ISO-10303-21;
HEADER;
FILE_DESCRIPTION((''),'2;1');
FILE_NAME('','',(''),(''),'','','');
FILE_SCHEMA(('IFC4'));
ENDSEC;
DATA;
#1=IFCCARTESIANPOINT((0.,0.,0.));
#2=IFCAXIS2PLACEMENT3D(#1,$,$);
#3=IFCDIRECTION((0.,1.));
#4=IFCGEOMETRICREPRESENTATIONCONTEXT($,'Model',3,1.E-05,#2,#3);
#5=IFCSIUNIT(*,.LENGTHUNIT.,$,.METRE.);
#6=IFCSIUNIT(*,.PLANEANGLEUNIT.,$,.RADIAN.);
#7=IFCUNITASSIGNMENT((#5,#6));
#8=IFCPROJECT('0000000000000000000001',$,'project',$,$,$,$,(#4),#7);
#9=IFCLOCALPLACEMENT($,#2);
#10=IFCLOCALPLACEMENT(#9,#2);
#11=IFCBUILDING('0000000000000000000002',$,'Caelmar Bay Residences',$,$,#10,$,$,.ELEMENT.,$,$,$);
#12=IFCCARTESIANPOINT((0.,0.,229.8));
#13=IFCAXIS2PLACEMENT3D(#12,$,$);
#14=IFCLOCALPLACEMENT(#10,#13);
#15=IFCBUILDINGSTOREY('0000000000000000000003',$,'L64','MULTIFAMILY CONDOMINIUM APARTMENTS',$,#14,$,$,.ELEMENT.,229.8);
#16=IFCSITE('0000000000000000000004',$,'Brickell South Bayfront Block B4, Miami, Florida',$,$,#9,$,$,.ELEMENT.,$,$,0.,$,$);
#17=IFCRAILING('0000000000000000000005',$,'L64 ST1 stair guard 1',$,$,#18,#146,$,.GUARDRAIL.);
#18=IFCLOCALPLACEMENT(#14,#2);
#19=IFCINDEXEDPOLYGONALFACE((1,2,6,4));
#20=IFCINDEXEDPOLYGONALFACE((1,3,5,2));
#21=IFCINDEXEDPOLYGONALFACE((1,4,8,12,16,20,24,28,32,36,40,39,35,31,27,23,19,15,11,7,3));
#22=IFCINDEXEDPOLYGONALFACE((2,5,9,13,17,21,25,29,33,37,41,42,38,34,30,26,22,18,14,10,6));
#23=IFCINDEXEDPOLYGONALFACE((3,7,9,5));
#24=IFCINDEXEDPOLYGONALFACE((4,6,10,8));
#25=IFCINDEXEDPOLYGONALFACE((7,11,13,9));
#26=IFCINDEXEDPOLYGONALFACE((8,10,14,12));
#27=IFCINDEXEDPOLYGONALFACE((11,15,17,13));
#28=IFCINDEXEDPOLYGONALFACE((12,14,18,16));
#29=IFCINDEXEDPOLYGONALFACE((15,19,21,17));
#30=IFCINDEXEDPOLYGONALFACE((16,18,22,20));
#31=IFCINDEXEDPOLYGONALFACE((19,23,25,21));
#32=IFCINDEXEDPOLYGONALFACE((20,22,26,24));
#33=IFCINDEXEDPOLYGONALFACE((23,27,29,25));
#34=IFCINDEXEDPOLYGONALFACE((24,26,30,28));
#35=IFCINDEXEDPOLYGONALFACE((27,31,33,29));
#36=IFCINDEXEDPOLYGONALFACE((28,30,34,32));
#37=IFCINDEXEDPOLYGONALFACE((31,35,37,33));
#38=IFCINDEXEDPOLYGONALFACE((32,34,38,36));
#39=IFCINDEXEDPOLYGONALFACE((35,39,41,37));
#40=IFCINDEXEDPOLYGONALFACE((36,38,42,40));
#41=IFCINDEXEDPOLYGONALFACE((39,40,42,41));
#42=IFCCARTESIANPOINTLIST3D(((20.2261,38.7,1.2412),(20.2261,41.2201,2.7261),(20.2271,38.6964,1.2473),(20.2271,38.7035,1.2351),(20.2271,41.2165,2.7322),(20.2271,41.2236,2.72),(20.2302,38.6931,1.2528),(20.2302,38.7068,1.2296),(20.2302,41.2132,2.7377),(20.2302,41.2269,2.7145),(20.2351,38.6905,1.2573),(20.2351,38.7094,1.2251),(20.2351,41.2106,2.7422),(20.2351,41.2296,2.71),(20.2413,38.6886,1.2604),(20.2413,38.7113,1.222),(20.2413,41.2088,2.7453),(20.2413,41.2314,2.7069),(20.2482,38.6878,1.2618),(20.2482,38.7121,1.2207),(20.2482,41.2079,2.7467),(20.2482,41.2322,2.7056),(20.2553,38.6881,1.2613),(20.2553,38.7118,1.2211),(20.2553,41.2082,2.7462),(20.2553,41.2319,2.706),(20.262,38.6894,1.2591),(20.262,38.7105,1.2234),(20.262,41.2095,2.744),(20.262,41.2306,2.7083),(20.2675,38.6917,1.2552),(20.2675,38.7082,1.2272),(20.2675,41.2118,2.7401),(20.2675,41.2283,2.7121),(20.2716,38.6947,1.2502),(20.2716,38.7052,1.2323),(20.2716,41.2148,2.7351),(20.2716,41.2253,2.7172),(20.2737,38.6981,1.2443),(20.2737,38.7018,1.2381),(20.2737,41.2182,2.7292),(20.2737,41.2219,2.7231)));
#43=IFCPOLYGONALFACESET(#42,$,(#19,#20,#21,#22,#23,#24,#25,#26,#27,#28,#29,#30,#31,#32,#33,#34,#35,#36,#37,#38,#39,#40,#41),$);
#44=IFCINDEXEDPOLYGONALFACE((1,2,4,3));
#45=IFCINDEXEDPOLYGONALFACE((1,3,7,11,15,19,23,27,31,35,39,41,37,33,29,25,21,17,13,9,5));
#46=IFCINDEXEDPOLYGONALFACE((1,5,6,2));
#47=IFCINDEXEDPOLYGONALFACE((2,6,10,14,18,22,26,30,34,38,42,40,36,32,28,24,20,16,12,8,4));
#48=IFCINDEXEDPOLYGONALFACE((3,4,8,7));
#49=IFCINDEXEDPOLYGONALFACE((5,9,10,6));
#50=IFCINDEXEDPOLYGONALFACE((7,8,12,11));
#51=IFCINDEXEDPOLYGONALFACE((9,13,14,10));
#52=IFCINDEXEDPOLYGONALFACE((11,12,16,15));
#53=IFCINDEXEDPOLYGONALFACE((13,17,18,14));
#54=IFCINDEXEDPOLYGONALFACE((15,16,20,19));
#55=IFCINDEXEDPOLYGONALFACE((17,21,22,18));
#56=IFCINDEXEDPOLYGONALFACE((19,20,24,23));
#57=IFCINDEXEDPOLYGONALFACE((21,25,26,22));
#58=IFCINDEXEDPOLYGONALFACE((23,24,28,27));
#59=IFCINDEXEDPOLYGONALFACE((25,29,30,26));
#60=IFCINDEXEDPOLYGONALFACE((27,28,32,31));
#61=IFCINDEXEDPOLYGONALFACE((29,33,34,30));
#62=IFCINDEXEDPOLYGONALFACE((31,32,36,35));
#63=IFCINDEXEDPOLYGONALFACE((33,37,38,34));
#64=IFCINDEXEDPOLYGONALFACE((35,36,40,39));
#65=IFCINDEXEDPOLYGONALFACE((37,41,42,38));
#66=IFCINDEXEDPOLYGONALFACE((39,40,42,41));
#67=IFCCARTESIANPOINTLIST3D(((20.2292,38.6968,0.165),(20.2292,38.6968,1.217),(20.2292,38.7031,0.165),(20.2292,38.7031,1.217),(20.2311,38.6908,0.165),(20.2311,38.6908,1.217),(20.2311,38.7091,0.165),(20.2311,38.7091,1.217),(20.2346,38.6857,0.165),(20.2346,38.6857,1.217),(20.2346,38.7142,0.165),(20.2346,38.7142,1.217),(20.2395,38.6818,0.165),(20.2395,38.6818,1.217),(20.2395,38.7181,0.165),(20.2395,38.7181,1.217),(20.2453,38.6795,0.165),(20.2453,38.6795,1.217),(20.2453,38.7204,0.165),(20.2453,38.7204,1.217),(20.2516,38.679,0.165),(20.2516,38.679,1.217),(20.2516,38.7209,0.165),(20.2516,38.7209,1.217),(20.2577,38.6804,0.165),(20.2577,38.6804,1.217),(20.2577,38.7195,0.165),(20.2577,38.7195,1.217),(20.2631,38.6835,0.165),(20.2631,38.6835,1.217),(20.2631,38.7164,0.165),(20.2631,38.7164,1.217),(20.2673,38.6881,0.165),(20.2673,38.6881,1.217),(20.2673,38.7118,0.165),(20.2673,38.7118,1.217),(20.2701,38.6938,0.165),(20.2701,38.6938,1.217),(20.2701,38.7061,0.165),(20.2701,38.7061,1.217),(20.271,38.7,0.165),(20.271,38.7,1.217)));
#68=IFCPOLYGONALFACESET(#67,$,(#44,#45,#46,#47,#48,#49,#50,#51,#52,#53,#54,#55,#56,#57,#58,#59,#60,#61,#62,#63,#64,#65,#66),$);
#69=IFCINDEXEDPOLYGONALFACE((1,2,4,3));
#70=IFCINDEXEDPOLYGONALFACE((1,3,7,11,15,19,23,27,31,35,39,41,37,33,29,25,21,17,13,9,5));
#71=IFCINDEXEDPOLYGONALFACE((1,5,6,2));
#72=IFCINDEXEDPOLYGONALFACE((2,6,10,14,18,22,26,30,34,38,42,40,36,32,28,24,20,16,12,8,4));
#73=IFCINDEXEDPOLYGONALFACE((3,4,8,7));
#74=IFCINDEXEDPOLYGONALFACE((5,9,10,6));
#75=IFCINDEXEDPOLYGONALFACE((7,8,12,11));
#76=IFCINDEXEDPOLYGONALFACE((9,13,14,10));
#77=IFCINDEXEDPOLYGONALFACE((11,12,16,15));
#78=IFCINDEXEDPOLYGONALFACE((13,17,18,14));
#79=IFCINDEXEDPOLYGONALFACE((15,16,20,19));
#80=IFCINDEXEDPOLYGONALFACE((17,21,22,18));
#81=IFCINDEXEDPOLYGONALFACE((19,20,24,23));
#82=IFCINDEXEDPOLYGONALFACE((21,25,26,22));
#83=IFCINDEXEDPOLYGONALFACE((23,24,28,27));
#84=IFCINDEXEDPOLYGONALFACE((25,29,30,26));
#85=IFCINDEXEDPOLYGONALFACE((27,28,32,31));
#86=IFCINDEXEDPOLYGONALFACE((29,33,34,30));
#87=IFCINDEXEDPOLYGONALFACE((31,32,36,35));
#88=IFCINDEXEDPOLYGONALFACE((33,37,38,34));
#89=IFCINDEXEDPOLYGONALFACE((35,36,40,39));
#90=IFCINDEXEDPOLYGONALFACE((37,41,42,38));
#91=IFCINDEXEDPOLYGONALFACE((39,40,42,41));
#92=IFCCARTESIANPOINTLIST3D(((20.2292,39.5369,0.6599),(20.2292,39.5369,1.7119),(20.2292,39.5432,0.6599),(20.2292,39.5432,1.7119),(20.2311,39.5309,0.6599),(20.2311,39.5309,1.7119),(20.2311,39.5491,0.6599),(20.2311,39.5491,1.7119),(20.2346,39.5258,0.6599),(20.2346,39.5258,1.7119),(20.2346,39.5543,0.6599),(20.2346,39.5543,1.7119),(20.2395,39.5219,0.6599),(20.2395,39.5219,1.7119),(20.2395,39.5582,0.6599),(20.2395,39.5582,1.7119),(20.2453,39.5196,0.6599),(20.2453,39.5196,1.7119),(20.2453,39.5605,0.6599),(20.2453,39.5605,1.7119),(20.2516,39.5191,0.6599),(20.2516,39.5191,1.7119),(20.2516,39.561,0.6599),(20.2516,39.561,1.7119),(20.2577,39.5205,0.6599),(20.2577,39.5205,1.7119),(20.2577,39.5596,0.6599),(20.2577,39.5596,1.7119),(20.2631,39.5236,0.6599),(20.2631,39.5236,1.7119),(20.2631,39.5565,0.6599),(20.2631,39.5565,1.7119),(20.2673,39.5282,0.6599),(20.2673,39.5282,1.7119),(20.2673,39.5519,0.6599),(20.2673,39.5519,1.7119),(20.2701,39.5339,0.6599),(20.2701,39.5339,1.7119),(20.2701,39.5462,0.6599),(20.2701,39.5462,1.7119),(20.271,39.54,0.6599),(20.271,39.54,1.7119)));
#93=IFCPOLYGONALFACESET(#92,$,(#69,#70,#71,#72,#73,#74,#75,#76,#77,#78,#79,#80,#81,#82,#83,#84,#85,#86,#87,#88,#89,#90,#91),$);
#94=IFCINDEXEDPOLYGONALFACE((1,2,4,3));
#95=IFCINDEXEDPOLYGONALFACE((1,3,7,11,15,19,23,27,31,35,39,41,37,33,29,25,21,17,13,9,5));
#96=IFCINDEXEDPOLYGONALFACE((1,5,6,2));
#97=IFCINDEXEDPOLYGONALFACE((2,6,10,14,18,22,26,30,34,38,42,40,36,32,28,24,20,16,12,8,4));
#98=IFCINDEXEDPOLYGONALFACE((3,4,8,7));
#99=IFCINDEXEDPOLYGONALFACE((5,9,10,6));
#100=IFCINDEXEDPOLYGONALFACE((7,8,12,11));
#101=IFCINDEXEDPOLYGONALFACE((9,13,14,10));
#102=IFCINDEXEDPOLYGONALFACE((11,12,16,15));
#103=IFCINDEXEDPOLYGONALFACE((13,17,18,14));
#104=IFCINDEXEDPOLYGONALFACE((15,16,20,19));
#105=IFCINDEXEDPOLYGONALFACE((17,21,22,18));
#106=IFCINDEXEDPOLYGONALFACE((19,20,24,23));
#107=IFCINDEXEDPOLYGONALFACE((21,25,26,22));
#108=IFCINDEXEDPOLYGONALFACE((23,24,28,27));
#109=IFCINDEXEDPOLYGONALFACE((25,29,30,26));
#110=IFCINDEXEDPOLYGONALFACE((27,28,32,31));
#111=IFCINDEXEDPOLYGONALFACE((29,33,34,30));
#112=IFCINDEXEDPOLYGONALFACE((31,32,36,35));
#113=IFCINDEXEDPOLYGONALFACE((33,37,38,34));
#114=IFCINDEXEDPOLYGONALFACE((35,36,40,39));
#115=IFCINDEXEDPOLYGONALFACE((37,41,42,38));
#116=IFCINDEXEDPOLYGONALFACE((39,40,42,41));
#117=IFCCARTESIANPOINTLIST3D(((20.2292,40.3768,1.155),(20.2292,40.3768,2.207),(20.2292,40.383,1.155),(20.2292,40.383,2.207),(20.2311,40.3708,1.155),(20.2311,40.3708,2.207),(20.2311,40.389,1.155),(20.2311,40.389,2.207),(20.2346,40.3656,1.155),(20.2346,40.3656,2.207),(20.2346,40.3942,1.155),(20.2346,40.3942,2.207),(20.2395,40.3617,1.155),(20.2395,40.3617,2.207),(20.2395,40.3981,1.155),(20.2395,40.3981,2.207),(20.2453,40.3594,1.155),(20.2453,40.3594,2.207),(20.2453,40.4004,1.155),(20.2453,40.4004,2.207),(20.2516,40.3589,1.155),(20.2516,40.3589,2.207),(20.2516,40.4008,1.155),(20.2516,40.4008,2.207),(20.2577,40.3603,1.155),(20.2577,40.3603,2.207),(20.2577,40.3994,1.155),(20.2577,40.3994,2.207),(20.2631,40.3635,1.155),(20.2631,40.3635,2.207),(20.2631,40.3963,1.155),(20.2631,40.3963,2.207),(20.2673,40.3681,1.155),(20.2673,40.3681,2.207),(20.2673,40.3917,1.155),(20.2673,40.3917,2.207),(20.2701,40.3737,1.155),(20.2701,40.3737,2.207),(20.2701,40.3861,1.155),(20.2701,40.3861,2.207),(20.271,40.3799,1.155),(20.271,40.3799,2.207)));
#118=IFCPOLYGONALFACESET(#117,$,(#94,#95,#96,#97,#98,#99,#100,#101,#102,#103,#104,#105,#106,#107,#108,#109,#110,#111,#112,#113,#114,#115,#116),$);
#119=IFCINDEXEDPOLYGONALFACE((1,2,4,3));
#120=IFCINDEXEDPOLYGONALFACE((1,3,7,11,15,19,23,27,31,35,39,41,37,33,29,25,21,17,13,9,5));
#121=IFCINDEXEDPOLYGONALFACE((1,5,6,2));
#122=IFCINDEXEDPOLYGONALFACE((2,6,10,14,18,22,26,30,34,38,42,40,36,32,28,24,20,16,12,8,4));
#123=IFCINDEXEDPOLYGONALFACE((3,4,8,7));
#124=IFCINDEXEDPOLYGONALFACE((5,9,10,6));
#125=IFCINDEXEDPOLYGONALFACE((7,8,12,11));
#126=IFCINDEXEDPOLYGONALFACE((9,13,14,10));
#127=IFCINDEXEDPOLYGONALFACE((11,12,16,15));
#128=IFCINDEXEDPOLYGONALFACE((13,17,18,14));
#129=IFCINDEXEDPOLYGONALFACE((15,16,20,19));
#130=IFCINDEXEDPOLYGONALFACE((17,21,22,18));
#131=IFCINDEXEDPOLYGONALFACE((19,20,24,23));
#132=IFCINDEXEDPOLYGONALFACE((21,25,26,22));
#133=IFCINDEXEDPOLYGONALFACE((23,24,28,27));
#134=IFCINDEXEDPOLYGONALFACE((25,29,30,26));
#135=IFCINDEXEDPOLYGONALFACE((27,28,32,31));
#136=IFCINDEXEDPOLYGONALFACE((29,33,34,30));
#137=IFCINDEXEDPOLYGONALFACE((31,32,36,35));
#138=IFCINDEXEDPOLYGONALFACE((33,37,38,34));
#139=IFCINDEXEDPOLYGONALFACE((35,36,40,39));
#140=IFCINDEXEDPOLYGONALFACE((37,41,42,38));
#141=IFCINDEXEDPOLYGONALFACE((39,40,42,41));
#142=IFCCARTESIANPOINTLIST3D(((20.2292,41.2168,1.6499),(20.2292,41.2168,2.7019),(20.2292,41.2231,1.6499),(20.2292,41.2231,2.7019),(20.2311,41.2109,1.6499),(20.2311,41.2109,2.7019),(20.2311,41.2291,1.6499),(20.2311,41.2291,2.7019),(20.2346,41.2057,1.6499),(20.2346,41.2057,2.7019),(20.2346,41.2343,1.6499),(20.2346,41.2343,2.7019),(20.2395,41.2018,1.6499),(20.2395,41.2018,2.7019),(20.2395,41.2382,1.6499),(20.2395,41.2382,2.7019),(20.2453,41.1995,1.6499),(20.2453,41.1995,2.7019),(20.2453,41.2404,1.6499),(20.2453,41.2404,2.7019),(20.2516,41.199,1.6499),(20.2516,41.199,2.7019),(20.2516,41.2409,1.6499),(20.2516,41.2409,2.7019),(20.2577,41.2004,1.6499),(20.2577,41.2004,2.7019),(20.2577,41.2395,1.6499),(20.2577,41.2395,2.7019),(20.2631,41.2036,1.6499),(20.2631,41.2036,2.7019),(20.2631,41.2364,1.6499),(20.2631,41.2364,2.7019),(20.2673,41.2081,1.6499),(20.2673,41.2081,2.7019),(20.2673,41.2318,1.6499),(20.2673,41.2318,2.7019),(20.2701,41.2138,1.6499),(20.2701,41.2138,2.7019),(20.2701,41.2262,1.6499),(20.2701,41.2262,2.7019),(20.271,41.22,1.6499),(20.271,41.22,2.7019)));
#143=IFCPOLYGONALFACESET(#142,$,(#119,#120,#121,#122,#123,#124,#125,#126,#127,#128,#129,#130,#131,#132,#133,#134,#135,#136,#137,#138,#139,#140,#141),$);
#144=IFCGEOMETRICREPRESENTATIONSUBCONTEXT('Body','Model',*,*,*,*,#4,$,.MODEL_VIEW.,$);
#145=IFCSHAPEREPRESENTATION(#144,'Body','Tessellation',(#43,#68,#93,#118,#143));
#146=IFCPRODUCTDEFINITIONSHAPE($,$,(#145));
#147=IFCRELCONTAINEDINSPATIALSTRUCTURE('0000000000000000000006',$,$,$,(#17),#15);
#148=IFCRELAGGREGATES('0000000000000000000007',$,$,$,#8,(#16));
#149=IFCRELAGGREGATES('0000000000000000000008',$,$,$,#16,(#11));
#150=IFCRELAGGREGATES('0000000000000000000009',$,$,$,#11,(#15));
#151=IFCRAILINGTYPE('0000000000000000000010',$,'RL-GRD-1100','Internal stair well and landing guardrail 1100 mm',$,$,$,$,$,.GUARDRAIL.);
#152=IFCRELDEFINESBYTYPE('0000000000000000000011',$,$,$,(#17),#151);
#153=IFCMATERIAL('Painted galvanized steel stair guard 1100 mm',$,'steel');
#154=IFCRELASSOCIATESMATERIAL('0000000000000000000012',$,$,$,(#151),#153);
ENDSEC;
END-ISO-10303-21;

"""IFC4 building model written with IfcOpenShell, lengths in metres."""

from ifc_helpers import new_model, si_unit, direction, frame, origin, origin_2d, place, context, subcontext, project, spatial, circle, extrude, material, type_object, element, save


model = new_model("IFC4")

# Units and contexts
model_context = context("Model", 3, precision=1e-05, world=origin(), true_north=direction((0.0, 1.0)))
body_context = subcontext(model_context, "Body", "Model", "MODEL_VIEW")
ifc_project = project(units=[si_unit("LENGTHUNIT", "METRE"), si_unit("PLANEANGLEUNIT", "RADIAN")], contexts=[model_context])

# Site, building, storey
site_placement = place(None, origin())
site = spatial("IfcSite", under=ifc_project, at=site_placement, Name="Brickell South Bayfront Block B4, Miami, Florida", CompositionType="ELEMENT", RefElevation=0.0)
building_placement = place(site_placement, origin())
building = spatial("IfcBuilding", under=site, at=building_placement, Name="Caelmar Bay Residences", CompositionType="ELEMENT")
storey_placement = place(building_placement, frame((0.0, 0.0, 229.8)))
storey = spatial("IfcBuildingStorey", under=building, at=storey_placement, Name="L64", Description="MULTIFAMILY CONDOMINIUM APARTMENTS", CompositionType="ELEMENT", Elevation=229.8)

# Railing
ifc_material_1 = material(Name="Painted galvanized steel stair guard 1100 mm", Category="steel")
railing_type_1 = type_object("IfcRailingType", Name="RL-GRD-1100", Description="Internal stair well and landing guardrail 1100 mm", PredefinedType="GUARDRAIL", material=ifc_material_1)
railing_1_placement = place(storey_placement, frame((20.25, 38.7, 0.165)))
element("IfcRailing", 1, at=railing_1_placement, inside=storey, type_object=railing_type_1, Name="L64 ST1 stair guard 1", PredefinedType="GUARDRAIL", context=body_context, shape_type="SweptSolid", body=[
    extrude(circle(Radius=0.0239, at=origin_2d()), frame((0.0, 0.0, 1.0762), z_axis=(0.0, 0.861561, 0.507655), x_axis=(-1.0, 0.0, 0.0)), (0.0, 0.0, 1.0), 2.925),
    extrude(circle(Radius=0.021, at=origin_2d()), origin(), (0.0, 0.0, 1.0), 1.052),
    extrude(circle(Radius=0.021, at=origin_2d()), frame((0.0, 0.8401, 0.4949)), (0.0, 0.0, 1.0), 1.052),
    extrude(circle(Radius=0.021, at=origin_2d()), frame((0.0, 1.6799, 0.99)), (0.0, 0.0, 1.0), 1.052),
    extrude(circle(Radius=0.021, at=origin_2d()), frame((0.0, 2.52, 1.4849)), (0.0, 0.0, 1.0), 1.052),
])

save(model, "model.ifc")
